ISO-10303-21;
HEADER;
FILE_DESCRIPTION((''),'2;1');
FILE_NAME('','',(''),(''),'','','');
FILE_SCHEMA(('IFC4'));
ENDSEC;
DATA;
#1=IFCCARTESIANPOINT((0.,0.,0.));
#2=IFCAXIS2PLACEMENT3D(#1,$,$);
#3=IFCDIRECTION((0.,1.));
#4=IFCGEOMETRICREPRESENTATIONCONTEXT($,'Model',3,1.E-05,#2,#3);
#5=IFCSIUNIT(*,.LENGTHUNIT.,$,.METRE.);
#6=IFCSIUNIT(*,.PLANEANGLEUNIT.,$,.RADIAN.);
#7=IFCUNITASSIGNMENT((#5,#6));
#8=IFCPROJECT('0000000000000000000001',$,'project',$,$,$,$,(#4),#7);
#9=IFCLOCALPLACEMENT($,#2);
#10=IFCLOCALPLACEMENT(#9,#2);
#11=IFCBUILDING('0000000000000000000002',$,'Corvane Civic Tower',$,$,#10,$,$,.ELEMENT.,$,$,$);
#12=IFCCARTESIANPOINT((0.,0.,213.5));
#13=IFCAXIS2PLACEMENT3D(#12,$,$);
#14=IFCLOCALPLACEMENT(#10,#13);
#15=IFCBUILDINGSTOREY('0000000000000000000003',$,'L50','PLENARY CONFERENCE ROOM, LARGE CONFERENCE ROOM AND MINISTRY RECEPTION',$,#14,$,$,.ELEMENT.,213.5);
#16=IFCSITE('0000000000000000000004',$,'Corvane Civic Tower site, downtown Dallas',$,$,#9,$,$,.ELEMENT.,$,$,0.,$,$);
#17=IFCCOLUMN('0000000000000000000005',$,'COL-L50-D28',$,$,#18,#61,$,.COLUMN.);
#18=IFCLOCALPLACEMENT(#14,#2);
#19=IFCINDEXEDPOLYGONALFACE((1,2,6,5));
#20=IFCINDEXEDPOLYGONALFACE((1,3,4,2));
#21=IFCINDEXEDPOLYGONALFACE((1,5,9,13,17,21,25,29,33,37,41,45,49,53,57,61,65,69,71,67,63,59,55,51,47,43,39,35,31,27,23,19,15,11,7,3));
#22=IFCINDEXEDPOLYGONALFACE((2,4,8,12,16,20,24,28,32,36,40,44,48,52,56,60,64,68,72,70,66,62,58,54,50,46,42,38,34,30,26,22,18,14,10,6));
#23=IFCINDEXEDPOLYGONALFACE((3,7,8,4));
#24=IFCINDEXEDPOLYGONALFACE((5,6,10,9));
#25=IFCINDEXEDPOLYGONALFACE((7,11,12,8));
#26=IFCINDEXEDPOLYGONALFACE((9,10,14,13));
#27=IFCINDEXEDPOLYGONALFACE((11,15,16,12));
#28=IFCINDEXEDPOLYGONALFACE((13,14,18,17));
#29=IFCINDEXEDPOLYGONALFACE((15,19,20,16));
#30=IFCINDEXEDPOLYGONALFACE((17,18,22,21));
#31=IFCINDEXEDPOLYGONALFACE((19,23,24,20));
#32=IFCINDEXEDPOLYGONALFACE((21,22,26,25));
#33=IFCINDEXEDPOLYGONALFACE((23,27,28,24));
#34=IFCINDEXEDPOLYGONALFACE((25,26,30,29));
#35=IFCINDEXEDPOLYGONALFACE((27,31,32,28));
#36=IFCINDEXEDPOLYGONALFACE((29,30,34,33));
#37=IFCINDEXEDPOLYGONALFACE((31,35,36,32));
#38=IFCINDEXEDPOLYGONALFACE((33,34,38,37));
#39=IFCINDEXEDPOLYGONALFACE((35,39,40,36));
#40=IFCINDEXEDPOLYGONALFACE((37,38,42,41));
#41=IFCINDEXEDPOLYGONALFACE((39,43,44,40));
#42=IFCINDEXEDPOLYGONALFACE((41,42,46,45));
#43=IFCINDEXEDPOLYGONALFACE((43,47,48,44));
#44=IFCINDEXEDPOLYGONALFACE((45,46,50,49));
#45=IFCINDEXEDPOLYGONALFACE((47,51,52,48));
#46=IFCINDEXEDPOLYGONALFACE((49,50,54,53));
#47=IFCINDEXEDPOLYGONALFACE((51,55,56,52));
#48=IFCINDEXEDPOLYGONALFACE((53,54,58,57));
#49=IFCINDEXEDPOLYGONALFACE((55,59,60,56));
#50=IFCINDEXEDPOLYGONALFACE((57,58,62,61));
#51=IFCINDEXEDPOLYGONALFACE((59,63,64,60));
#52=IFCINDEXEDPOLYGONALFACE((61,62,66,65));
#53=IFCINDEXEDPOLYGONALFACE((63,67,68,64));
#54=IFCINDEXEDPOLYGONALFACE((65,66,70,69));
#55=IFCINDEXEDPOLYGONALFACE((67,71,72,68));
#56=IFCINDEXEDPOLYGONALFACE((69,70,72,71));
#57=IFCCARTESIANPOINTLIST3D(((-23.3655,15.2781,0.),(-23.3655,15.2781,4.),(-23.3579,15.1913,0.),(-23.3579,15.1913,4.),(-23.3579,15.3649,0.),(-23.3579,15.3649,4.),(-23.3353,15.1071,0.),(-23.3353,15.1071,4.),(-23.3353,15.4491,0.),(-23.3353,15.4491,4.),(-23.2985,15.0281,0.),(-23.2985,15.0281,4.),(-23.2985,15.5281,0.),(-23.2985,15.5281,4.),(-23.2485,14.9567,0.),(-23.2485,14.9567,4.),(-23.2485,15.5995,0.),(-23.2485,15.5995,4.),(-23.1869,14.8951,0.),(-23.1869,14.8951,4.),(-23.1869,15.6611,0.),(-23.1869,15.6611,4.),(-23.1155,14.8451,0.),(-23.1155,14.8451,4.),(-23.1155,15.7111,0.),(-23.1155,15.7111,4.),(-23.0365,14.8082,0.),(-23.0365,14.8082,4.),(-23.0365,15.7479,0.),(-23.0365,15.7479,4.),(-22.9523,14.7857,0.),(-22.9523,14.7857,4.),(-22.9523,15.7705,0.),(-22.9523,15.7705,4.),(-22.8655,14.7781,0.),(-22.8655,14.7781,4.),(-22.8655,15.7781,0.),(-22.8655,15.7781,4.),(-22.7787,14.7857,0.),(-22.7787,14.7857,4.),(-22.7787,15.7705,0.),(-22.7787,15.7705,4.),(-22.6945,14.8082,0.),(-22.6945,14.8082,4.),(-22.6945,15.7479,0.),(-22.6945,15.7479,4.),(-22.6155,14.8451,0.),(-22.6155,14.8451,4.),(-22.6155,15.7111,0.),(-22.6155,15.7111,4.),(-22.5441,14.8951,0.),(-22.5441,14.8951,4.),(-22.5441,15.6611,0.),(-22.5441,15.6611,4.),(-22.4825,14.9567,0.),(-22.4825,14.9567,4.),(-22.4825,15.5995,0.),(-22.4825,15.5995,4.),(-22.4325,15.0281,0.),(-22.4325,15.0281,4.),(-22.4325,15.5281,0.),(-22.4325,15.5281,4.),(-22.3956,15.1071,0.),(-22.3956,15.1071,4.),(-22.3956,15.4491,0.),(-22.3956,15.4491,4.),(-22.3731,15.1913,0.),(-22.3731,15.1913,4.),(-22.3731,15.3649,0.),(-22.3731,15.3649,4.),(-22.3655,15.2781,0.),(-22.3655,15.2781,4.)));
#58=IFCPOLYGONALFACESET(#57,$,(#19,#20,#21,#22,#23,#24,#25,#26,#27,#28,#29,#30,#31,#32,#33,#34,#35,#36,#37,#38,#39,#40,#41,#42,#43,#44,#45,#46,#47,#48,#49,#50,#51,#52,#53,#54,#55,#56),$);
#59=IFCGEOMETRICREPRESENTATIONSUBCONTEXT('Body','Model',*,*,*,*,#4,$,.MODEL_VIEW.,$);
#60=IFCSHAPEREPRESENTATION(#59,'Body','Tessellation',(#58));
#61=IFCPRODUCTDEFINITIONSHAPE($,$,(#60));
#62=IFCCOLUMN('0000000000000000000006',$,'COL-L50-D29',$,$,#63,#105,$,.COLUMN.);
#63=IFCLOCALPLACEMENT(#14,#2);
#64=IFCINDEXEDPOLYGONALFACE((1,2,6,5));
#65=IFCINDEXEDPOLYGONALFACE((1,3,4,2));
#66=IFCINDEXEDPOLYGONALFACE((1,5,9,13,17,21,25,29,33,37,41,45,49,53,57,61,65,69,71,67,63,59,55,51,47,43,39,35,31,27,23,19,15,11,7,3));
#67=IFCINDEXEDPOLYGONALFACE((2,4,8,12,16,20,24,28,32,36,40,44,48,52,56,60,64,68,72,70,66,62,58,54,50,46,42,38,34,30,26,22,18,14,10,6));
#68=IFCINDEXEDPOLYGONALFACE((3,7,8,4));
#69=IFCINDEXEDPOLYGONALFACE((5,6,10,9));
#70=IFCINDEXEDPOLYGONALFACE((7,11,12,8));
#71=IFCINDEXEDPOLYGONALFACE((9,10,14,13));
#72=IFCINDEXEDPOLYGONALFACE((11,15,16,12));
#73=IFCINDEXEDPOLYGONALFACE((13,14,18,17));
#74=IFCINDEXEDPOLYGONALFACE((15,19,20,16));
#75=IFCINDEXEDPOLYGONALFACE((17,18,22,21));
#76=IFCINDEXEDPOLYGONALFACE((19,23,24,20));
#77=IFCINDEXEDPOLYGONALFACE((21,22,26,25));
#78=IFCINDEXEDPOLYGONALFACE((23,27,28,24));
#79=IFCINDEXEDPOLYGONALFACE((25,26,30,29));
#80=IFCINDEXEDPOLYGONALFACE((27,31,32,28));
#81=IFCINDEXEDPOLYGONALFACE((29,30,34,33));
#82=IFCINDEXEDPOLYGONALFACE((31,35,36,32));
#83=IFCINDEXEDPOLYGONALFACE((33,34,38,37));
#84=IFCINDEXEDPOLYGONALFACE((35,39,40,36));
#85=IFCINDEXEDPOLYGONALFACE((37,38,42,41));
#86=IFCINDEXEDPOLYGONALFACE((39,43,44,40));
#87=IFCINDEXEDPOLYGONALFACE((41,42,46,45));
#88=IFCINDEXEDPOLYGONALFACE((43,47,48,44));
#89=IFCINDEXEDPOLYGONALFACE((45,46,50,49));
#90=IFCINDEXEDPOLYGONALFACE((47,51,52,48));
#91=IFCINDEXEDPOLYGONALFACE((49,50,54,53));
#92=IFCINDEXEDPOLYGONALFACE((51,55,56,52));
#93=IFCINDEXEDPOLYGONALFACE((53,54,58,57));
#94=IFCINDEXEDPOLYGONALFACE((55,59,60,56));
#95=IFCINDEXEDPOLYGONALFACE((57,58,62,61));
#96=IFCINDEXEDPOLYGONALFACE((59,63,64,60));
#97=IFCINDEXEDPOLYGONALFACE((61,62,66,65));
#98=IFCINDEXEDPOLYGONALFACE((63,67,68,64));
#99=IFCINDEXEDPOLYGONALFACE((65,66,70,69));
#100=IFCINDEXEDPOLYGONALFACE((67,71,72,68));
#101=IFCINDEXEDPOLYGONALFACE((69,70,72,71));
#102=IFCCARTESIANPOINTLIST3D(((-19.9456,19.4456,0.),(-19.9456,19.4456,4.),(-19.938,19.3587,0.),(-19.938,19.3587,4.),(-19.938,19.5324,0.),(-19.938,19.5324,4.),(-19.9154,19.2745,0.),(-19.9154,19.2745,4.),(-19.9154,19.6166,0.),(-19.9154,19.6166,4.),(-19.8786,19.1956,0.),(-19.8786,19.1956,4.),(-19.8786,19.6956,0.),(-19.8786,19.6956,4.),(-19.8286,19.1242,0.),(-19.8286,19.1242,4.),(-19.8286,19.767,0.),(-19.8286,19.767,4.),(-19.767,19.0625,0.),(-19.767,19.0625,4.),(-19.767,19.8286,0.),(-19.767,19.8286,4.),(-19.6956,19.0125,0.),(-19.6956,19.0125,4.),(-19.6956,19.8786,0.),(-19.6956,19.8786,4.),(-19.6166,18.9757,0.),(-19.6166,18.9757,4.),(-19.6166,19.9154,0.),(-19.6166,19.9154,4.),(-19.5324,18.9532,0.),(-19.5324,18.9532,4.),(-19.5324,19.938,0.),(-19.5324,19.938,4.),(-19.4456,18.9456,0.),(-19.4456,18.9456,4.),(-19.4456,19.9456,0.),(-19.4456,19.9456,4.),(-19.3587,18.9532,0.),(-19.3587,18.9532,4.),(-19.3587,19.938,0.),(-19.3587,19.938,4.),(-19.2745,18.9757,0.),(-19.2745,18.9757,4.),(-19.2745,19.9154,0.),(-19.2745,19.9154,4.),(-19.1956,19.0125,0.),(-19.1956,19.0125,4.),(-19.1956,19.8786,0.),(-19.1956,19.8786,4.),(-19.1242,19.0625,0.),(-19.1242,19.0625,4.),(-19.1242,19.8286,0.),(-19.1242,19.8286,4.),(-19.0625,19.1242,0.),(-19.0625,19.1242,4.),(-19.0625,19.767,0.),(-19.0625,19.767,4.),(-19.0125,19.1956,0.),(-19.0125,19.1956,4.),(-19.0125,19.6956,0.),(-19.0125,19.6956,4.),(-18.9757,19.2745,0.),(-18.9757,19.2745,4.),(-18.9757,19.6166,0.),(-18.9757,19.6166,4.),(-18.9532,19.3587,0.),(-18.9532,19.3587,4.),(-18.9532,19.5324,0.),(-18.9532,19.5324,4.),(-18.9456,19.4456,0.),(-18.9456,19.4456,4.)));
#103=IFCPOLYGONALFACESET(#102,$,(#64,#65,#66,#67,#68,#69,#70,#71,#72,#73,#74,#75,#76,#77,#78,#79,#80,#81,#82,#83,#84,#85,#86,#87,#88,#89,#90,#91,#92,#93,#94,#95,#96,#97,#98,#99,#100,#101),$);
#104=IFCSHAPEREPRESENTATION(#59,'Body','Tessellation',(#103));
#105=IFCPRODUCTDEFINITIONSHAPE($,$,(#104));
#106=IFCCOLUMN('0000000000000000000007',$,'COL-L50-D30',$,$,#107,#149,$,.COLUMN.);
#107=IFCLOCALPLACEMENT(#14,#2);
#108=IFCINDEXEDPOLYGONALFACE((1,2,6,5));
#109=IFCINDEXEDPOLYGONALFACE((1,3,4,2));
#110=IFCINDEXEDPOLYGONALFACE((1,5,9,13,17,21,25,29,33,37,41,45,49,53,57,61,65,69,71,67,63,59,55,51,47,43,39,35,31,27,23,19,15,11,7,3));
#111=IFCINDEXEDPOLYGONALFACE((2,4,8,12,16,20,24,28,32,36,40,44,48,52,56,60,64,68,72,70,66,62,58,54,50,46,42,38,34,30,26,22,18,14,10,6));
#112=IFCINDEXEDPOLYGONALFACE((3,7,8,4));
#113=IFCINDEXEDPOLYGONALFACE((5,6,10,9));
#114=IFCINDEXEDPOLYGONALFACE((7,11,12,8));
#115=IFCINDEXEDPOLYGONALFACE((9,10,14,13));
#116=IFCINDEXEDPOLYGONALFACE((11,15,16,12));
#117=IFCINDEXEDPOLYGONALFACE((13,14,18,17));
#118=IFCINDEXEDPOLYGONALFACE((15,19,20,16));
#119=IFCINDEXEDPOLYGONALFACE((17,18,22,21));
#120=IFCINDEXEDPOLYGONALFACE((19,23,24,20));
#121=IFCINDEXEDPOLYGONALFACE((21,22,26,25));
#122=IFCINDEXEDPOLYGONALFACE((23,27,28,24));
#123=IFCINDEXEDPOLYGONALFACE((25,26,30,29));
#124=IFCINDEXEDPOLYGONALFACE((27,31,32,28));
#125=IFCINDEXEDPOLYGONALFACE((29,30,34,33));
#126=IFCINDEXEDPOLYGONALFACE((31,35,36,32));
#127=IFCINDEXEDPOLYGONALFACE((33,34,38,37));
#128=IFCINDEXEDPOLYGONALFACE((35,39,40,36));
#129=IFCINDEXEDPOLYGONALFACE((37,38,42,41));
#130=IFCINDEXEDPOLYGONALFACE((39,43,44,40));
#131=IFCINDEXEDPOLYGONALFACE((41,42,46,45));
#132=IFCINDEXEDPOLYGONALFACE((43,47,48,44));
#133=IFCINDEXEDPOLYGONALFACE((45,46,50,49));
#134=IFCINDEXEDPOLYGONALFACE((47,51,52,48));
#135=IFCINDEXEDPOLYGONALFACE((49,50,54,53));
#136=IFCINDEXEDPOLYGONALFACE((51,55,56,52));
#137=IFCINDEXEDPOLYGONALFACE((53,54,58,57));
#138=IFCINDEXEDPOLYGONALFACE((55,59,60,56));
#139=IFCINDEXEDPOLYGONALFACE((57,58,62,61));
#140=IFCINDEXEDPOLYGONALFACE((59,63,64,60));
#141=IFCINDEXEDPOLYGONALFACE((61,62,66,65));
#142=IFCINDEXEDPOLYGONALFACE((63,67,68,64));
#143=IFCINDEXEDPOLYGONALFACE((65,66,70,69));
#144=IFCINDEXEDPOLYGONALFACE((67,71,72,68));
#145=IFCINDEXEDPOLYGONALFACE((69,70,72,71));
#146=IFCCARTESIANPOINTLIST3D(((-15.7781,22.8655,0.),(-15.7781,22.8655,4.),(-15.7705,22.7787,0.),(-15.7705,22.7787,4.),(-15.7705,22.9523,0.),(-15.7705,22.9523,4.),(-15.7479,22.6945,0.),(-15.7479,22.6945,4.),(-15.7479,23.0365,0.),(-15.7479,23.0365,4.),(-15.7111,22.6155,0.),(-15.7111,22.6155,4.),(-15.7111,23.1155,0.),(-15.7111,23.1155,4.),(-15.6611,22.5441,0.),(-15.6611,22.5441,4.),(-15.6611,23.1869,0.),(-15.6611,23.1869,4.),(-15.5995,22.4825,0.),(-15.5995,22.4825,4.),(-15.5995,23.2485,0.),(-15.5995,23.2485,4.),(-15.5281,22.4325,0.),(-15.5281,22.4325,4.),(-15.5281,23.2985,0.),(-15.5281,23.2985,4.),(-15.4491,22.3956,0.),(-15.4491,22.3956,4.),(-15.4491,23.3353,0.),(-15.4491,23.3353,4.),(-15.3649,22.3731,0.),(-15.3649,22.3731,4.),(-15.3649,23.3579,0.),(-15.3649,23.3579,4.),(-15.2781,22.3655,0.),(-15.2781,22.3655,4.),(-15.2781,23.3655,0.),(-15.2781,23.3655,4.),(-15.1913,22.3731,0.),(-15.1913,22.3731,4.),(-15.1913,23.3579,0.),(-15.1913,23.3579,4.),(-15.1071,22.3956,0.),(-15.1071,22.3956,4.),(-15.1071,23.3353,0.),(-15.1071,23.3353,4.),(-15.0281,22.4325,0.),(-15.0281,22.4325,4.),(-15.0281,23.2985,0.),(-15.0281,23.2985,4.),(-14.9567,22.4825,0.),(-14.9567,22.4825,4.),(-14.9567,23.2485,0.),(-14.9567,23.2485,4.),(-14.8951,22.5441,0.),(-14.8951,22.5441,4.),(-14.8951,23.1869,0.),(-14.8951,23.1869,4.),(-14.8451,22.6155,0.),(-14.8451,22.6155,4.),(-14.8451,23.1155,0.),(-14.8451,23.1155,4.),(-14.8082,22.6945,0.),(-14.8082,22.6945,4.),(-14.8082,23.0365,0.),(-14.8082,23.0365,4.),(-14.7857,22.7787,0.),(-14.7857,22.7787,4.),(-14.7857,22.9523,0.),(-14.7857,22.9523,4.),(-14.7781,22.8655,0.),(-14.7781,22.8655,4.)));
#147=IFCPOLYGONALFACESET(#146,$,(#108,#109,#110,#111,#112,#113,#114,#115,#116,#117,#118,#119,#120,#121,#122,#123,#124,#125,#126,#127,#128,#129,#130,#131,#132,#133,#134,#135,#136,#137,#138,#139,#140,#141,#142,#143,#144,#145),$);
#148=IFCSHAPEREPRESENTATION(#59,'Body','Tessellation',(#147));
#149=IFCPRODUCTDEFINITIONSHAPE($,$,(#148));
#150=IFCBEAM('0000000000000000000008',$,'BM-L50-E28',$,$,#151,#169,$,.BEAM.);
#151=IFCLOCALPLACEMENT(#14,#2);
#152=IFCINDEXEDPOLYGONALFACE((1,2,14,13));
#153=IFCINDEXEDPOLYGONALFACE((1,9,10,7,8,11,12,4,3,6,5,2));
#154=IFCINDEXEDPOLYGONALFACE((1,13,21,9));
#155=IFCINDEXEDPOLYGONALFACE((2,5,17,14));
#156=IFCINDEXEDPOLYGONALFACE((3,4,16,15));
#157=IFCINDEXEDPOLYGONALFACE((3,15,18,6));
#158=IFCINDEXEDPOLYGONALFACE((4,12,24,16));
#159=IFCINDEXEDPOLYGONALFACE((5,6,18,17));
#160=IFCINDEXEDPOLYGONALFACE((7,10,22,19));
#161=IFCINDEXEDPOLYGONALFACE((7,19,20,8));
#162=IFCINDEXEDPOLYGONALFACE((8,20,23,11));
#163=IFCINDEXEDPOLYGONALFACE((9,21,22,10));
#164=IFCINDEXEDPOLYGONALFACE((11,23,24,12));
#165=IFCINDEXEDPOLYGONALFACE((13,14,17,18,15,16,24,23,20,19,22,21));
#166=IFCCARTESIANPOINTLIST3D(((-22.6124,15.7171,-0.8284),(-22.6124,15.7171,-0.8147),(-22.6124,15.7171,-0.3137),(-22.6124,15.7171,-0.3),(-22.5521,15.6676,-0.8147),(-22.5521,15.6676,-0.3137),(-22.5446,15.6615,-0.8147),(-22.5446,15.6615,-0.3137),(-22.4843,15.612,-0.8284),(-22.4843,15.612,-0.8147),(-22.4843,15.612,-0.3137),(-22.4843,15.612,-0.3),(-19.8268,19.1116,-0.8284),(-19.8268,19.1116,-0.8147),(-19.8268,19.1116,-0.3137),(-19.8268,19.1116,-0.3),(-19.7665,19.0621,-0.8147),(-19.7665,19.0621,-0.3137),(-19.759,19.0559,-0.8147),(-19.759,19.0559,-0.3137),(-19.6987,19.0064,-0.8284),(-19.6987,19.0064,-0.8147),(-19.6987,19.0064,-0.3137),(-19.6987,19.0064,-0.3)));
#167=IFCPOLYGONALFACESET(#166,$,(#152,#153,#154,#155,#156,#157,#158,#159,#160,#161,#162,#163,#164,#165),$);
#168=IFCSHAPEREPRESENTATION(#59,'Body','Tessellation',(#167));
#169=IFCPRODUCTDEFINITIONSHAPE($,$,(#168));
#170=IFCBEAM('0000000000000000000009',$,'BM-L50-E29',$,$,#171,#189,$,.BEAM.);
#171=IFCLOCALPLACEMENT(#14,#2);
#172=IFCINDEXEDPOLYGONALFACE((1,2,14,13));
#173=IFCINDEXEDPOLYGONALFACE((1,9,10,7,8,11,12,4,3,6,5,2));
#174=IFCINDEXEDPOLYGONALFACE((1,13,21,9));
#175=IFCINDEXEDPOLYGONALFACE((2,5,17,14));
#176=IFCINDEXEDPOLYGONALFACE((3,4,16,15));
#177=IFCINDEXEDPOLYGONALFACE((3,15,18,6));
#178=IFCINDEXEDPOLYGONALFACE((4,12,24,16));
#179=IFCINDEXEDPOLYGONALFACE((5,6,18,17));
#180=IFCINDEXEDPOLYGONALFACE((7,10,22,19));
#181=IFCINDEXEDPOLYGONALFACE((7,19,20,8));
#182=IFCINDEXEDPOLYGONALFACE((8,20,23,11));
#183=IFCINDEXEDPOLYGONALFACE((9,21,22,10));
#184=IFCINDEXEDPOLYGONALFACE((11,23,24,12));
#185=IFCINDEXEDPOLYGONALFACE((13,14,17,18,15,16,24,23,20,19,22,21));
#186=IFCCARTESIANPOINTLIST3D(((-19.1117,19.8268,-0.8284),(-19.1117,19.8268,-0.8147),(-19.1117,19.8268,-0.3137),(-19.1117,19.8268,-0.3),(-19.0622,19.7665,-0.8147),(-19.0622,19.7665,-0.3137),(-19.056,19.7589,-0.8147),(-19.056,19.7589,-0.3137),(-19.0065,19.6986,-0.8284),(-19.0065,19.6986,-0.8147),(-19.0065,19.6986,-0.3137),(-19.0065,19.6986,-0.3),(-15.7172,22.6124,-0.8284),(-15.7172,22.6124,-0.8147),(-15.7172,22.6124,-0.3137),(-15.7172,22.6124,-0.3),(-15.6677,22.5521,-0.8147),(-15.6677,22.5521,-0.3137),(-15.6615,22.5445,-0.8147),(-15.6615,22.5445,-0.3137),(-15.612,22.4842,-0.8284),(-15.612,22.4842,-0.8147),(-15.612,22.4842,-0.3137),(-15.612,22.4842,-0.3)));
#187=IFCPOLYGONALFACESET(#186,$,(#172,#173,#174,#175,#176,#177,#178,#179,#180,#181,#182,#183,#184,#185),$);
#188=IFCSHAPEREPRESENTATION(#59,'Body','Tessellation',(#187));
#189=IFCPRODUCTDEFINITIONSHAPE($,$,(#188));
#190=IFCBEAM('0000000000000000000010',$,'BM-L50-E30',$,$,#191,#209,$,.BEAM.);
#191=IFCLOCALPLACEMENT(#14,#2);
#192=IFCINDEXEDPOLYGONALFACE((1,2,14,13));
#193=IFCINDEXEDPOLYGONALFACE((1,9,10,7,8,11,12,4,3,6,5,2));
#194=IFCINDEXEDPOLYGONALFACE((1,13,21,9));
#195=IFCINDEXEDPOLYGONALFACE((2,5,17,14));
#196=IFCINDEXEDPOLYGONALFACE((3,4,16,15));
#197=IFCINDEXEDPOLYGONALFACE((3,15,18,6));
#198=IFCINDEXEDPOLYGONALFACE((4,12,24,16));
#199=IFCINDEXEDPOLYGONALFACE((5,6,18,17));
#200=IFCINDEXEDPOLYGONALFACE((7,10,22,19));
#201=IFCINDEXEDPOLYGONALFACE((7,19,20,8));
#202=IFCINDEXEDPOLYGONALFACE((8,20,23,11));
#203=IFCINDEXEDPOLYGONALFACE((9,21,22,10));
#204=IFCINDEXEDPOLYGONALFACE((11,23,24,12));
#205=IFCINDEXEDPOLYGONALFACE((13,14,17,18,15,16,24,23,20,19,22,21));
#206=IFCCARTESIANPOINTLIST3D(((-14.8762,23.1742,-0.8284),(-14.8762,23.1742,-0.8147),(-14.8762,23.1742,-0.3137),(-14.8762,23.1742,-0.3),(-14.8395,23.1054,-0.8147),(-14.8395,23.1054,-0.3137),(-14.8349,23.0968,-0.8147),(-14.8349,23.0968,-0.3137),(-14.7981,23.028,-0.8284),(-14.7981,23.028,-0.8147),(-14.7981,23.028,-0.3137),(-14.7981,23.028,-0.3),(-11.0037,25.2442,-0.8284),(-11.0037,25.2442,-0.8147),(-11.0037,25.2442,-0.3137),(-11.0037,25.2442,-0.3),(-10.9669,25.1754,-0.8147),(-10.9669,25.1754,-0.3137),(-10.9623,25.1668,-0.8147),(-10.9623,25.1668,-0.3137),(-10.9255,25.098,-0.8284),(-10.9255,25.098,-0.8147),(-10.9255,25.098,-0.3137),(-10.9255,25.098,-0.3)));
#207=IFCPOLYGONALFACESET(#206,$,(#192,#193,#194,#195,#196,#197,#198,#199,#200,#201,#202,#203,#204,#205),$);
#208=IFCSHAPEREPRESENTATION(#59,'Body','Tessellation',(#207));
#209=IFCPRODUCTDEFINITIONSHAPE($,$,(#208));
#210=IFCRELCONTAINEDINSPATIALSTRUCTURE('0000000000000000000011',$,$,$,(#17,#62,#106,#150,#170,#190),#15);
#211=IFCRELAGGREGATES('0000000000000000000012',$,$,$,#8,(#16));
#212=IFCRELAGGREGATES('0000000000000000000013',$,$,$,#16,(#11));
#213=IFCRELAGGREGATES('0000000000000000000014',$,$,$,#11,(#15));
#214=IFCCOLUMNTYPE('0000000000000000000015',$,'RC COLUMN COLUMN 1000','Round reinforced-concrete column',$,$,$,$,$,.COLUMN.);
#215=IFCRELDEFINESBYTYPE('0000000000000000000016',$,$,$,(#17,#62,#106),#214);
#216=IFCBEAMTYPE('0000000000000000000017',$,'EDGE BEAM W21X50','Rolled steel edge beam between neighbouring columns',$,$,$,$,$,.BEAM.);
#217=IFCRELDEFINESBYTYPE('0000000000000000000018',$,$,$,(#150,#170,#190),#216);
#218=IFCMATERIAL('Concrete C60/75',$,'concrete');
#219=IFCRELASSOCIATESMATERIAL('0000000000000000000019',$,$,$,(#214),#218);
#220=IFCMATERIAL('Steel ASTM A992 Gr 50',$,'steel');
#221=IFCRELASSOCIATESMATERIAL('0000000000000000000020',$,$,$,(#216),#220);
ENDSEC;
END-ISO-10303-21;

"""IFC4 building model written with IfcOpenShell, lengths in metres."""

from ifc_helpers import new_model, si_unit, direction, frame, origin, origin_2d, place, context, subcontext, project, spatial, circle, i_section, extrude, material, material_profile, profile_set, type_object, element, save


model = new_model("IFC4")

# Units and contexts
model_context = context("Model", 3, precision=1e-05, world=origin(), true_north=direction((0.0, 1.0)))
body_context = subcontext(model_context, "Body", "Model", "MODEL_VIEW")
ifc_project = project(units=[si_unit("LENGTHUNIT", "METRE"), si_unit("PLANEANGLEUNIT", "RADIAN")], contexts=[model_context])

# Site, building, storey
site_placement = place(None, origin())
site = spatial("IfcSite", under=ifc_project, at=site_placement, Name="Corvane Civic Tower site, downtown Dallas", CompositionType="ELEMENT", RefElevation=0.0)
building_placement = place(site_placement, origin())
building = spatial("IfcBuilding", under=site, at=building_placement, Name="Corvane Civic Tower", CompositionType="ELEMENT")
storey_placement = place(building_placement, frame((0.0, 0.0, 213.5)))
storey = spatial("IfcBuildingStorey", under=building, at=storey_placement, Name="L50", Description="PLENARY CONFERENCE ROOM, LARGE CONFERENCE ROOM AND MINISTRY RECEPTION", CompositionType="ELEMENT", Elevation=213.5)

# Columns
ifc_material_1 = material(Name="Concrete C60/75", Category="concrete")
ifc_material_profile_1 = material_profile(ifc_material_1, circle(Radius=0.5, at=origin_2d()), Name="COLUMN 1000")
ifc_profile_set_1 = profile_set([ifc_material_profile_1], Name="Concrete C60/75")
column_type = type_object("IfcColumnType", Name="RC COLUMN COLUMN 1000", Description="Round reinforced-concrete column", PredefinedType="COLUMN", material=ifc_profile_set_1)
for number, where, z_axis, x_axis, name in (
    (1, (-22.8655, 15.2781, 0.0), (0.0, 0.0, 1.0), (1.0, 0.0, 0.0), "COL-L50-D28"),
    (2, (-19.4456, 19.4456, 0.0), (0.0, 0.0, 1.0), (1.0, 0.0, 0.0), "COL-L50-D29"),
    (3, (-15.2781, 22.8655, 0.0), (0.0, 0.0, 1.0), (1.0, 0.0, 0.0), "COL-L50-D30"),
):
    element("IfcColumn", number, at=place(storey_placement, frame(where, z_axis=z_axis, x_axis=x_axis)), inside=storey, type_object=column_type, Name=name, PredefinedType="COLUMN", context=body_context, shape_type="SweptSolid", body=[
        extrude(circle(Radius=0.5, at=origin_2d()), origin(), (0.0, 0.0, 1.0), 4.0),
    ])

# Beams
ifc_material_2 = material(Name="Steel ASTM A992 Gr 50", Category="steel")
ifc_material_profile_2 = material_profile(ifc_material_2, i_section(OverallWidth=0.1658, OverallDepth=0.5283, WebThickness=0.0098, FlangeThickness=0.0137, at=origin_2d()), Name="W21X50")
ifc_profile_set_2 = profile_set([ifc_material_profile_2], Name="Steel ASTM A992 Gr 50")
beam_type_1 = type_object("IfcBeamType", Name="EDGE BEAM W21X50", Description="Rolled steel edge beam between neighbouring columns", PredefinedType="BEAM", material=ifc_profile_set_2)
for number, where, z_axis, x_axis, name in (
    (4, (-22.5483, 15.6646, -0.5642), (0.634369, 0.77303, 0.0), (-0.77303, 0.634369, 0.0), "BM-L50-E28"),
    (5, (-19.0591, 19.7627, -0.5642), (0.77303, 0.634369, 0.0), (-0.634369, 0.77303, 0.0), "BM-L50-E29"),
    (6, (-14.8372, 23.1011, -0.5642), (0.881908, 0.471422, 0.0), (-0.471422, 0.881908, 0.0), "BM-L50-E30"),
):
    element("IfcBeam", number, at=place(storey_placement, frame(where, z_axis=z_axis, x_axis=x_axis)), inside=storey, type_object=beam_type_1, Name=name, PredefinedType="BEAM", context=body_context, shape_type="SweptSolid", body=[
        extrude(i_section(OverallWidth=0.1658, OverallDepth=0.5283, WebThickness=0.0098, FlangeThickness=0.0137, at=origin_2d()), origin(), (0.0, 0.0, 1.0), 4.3911),
    ])

save(model, "model.ifc")
